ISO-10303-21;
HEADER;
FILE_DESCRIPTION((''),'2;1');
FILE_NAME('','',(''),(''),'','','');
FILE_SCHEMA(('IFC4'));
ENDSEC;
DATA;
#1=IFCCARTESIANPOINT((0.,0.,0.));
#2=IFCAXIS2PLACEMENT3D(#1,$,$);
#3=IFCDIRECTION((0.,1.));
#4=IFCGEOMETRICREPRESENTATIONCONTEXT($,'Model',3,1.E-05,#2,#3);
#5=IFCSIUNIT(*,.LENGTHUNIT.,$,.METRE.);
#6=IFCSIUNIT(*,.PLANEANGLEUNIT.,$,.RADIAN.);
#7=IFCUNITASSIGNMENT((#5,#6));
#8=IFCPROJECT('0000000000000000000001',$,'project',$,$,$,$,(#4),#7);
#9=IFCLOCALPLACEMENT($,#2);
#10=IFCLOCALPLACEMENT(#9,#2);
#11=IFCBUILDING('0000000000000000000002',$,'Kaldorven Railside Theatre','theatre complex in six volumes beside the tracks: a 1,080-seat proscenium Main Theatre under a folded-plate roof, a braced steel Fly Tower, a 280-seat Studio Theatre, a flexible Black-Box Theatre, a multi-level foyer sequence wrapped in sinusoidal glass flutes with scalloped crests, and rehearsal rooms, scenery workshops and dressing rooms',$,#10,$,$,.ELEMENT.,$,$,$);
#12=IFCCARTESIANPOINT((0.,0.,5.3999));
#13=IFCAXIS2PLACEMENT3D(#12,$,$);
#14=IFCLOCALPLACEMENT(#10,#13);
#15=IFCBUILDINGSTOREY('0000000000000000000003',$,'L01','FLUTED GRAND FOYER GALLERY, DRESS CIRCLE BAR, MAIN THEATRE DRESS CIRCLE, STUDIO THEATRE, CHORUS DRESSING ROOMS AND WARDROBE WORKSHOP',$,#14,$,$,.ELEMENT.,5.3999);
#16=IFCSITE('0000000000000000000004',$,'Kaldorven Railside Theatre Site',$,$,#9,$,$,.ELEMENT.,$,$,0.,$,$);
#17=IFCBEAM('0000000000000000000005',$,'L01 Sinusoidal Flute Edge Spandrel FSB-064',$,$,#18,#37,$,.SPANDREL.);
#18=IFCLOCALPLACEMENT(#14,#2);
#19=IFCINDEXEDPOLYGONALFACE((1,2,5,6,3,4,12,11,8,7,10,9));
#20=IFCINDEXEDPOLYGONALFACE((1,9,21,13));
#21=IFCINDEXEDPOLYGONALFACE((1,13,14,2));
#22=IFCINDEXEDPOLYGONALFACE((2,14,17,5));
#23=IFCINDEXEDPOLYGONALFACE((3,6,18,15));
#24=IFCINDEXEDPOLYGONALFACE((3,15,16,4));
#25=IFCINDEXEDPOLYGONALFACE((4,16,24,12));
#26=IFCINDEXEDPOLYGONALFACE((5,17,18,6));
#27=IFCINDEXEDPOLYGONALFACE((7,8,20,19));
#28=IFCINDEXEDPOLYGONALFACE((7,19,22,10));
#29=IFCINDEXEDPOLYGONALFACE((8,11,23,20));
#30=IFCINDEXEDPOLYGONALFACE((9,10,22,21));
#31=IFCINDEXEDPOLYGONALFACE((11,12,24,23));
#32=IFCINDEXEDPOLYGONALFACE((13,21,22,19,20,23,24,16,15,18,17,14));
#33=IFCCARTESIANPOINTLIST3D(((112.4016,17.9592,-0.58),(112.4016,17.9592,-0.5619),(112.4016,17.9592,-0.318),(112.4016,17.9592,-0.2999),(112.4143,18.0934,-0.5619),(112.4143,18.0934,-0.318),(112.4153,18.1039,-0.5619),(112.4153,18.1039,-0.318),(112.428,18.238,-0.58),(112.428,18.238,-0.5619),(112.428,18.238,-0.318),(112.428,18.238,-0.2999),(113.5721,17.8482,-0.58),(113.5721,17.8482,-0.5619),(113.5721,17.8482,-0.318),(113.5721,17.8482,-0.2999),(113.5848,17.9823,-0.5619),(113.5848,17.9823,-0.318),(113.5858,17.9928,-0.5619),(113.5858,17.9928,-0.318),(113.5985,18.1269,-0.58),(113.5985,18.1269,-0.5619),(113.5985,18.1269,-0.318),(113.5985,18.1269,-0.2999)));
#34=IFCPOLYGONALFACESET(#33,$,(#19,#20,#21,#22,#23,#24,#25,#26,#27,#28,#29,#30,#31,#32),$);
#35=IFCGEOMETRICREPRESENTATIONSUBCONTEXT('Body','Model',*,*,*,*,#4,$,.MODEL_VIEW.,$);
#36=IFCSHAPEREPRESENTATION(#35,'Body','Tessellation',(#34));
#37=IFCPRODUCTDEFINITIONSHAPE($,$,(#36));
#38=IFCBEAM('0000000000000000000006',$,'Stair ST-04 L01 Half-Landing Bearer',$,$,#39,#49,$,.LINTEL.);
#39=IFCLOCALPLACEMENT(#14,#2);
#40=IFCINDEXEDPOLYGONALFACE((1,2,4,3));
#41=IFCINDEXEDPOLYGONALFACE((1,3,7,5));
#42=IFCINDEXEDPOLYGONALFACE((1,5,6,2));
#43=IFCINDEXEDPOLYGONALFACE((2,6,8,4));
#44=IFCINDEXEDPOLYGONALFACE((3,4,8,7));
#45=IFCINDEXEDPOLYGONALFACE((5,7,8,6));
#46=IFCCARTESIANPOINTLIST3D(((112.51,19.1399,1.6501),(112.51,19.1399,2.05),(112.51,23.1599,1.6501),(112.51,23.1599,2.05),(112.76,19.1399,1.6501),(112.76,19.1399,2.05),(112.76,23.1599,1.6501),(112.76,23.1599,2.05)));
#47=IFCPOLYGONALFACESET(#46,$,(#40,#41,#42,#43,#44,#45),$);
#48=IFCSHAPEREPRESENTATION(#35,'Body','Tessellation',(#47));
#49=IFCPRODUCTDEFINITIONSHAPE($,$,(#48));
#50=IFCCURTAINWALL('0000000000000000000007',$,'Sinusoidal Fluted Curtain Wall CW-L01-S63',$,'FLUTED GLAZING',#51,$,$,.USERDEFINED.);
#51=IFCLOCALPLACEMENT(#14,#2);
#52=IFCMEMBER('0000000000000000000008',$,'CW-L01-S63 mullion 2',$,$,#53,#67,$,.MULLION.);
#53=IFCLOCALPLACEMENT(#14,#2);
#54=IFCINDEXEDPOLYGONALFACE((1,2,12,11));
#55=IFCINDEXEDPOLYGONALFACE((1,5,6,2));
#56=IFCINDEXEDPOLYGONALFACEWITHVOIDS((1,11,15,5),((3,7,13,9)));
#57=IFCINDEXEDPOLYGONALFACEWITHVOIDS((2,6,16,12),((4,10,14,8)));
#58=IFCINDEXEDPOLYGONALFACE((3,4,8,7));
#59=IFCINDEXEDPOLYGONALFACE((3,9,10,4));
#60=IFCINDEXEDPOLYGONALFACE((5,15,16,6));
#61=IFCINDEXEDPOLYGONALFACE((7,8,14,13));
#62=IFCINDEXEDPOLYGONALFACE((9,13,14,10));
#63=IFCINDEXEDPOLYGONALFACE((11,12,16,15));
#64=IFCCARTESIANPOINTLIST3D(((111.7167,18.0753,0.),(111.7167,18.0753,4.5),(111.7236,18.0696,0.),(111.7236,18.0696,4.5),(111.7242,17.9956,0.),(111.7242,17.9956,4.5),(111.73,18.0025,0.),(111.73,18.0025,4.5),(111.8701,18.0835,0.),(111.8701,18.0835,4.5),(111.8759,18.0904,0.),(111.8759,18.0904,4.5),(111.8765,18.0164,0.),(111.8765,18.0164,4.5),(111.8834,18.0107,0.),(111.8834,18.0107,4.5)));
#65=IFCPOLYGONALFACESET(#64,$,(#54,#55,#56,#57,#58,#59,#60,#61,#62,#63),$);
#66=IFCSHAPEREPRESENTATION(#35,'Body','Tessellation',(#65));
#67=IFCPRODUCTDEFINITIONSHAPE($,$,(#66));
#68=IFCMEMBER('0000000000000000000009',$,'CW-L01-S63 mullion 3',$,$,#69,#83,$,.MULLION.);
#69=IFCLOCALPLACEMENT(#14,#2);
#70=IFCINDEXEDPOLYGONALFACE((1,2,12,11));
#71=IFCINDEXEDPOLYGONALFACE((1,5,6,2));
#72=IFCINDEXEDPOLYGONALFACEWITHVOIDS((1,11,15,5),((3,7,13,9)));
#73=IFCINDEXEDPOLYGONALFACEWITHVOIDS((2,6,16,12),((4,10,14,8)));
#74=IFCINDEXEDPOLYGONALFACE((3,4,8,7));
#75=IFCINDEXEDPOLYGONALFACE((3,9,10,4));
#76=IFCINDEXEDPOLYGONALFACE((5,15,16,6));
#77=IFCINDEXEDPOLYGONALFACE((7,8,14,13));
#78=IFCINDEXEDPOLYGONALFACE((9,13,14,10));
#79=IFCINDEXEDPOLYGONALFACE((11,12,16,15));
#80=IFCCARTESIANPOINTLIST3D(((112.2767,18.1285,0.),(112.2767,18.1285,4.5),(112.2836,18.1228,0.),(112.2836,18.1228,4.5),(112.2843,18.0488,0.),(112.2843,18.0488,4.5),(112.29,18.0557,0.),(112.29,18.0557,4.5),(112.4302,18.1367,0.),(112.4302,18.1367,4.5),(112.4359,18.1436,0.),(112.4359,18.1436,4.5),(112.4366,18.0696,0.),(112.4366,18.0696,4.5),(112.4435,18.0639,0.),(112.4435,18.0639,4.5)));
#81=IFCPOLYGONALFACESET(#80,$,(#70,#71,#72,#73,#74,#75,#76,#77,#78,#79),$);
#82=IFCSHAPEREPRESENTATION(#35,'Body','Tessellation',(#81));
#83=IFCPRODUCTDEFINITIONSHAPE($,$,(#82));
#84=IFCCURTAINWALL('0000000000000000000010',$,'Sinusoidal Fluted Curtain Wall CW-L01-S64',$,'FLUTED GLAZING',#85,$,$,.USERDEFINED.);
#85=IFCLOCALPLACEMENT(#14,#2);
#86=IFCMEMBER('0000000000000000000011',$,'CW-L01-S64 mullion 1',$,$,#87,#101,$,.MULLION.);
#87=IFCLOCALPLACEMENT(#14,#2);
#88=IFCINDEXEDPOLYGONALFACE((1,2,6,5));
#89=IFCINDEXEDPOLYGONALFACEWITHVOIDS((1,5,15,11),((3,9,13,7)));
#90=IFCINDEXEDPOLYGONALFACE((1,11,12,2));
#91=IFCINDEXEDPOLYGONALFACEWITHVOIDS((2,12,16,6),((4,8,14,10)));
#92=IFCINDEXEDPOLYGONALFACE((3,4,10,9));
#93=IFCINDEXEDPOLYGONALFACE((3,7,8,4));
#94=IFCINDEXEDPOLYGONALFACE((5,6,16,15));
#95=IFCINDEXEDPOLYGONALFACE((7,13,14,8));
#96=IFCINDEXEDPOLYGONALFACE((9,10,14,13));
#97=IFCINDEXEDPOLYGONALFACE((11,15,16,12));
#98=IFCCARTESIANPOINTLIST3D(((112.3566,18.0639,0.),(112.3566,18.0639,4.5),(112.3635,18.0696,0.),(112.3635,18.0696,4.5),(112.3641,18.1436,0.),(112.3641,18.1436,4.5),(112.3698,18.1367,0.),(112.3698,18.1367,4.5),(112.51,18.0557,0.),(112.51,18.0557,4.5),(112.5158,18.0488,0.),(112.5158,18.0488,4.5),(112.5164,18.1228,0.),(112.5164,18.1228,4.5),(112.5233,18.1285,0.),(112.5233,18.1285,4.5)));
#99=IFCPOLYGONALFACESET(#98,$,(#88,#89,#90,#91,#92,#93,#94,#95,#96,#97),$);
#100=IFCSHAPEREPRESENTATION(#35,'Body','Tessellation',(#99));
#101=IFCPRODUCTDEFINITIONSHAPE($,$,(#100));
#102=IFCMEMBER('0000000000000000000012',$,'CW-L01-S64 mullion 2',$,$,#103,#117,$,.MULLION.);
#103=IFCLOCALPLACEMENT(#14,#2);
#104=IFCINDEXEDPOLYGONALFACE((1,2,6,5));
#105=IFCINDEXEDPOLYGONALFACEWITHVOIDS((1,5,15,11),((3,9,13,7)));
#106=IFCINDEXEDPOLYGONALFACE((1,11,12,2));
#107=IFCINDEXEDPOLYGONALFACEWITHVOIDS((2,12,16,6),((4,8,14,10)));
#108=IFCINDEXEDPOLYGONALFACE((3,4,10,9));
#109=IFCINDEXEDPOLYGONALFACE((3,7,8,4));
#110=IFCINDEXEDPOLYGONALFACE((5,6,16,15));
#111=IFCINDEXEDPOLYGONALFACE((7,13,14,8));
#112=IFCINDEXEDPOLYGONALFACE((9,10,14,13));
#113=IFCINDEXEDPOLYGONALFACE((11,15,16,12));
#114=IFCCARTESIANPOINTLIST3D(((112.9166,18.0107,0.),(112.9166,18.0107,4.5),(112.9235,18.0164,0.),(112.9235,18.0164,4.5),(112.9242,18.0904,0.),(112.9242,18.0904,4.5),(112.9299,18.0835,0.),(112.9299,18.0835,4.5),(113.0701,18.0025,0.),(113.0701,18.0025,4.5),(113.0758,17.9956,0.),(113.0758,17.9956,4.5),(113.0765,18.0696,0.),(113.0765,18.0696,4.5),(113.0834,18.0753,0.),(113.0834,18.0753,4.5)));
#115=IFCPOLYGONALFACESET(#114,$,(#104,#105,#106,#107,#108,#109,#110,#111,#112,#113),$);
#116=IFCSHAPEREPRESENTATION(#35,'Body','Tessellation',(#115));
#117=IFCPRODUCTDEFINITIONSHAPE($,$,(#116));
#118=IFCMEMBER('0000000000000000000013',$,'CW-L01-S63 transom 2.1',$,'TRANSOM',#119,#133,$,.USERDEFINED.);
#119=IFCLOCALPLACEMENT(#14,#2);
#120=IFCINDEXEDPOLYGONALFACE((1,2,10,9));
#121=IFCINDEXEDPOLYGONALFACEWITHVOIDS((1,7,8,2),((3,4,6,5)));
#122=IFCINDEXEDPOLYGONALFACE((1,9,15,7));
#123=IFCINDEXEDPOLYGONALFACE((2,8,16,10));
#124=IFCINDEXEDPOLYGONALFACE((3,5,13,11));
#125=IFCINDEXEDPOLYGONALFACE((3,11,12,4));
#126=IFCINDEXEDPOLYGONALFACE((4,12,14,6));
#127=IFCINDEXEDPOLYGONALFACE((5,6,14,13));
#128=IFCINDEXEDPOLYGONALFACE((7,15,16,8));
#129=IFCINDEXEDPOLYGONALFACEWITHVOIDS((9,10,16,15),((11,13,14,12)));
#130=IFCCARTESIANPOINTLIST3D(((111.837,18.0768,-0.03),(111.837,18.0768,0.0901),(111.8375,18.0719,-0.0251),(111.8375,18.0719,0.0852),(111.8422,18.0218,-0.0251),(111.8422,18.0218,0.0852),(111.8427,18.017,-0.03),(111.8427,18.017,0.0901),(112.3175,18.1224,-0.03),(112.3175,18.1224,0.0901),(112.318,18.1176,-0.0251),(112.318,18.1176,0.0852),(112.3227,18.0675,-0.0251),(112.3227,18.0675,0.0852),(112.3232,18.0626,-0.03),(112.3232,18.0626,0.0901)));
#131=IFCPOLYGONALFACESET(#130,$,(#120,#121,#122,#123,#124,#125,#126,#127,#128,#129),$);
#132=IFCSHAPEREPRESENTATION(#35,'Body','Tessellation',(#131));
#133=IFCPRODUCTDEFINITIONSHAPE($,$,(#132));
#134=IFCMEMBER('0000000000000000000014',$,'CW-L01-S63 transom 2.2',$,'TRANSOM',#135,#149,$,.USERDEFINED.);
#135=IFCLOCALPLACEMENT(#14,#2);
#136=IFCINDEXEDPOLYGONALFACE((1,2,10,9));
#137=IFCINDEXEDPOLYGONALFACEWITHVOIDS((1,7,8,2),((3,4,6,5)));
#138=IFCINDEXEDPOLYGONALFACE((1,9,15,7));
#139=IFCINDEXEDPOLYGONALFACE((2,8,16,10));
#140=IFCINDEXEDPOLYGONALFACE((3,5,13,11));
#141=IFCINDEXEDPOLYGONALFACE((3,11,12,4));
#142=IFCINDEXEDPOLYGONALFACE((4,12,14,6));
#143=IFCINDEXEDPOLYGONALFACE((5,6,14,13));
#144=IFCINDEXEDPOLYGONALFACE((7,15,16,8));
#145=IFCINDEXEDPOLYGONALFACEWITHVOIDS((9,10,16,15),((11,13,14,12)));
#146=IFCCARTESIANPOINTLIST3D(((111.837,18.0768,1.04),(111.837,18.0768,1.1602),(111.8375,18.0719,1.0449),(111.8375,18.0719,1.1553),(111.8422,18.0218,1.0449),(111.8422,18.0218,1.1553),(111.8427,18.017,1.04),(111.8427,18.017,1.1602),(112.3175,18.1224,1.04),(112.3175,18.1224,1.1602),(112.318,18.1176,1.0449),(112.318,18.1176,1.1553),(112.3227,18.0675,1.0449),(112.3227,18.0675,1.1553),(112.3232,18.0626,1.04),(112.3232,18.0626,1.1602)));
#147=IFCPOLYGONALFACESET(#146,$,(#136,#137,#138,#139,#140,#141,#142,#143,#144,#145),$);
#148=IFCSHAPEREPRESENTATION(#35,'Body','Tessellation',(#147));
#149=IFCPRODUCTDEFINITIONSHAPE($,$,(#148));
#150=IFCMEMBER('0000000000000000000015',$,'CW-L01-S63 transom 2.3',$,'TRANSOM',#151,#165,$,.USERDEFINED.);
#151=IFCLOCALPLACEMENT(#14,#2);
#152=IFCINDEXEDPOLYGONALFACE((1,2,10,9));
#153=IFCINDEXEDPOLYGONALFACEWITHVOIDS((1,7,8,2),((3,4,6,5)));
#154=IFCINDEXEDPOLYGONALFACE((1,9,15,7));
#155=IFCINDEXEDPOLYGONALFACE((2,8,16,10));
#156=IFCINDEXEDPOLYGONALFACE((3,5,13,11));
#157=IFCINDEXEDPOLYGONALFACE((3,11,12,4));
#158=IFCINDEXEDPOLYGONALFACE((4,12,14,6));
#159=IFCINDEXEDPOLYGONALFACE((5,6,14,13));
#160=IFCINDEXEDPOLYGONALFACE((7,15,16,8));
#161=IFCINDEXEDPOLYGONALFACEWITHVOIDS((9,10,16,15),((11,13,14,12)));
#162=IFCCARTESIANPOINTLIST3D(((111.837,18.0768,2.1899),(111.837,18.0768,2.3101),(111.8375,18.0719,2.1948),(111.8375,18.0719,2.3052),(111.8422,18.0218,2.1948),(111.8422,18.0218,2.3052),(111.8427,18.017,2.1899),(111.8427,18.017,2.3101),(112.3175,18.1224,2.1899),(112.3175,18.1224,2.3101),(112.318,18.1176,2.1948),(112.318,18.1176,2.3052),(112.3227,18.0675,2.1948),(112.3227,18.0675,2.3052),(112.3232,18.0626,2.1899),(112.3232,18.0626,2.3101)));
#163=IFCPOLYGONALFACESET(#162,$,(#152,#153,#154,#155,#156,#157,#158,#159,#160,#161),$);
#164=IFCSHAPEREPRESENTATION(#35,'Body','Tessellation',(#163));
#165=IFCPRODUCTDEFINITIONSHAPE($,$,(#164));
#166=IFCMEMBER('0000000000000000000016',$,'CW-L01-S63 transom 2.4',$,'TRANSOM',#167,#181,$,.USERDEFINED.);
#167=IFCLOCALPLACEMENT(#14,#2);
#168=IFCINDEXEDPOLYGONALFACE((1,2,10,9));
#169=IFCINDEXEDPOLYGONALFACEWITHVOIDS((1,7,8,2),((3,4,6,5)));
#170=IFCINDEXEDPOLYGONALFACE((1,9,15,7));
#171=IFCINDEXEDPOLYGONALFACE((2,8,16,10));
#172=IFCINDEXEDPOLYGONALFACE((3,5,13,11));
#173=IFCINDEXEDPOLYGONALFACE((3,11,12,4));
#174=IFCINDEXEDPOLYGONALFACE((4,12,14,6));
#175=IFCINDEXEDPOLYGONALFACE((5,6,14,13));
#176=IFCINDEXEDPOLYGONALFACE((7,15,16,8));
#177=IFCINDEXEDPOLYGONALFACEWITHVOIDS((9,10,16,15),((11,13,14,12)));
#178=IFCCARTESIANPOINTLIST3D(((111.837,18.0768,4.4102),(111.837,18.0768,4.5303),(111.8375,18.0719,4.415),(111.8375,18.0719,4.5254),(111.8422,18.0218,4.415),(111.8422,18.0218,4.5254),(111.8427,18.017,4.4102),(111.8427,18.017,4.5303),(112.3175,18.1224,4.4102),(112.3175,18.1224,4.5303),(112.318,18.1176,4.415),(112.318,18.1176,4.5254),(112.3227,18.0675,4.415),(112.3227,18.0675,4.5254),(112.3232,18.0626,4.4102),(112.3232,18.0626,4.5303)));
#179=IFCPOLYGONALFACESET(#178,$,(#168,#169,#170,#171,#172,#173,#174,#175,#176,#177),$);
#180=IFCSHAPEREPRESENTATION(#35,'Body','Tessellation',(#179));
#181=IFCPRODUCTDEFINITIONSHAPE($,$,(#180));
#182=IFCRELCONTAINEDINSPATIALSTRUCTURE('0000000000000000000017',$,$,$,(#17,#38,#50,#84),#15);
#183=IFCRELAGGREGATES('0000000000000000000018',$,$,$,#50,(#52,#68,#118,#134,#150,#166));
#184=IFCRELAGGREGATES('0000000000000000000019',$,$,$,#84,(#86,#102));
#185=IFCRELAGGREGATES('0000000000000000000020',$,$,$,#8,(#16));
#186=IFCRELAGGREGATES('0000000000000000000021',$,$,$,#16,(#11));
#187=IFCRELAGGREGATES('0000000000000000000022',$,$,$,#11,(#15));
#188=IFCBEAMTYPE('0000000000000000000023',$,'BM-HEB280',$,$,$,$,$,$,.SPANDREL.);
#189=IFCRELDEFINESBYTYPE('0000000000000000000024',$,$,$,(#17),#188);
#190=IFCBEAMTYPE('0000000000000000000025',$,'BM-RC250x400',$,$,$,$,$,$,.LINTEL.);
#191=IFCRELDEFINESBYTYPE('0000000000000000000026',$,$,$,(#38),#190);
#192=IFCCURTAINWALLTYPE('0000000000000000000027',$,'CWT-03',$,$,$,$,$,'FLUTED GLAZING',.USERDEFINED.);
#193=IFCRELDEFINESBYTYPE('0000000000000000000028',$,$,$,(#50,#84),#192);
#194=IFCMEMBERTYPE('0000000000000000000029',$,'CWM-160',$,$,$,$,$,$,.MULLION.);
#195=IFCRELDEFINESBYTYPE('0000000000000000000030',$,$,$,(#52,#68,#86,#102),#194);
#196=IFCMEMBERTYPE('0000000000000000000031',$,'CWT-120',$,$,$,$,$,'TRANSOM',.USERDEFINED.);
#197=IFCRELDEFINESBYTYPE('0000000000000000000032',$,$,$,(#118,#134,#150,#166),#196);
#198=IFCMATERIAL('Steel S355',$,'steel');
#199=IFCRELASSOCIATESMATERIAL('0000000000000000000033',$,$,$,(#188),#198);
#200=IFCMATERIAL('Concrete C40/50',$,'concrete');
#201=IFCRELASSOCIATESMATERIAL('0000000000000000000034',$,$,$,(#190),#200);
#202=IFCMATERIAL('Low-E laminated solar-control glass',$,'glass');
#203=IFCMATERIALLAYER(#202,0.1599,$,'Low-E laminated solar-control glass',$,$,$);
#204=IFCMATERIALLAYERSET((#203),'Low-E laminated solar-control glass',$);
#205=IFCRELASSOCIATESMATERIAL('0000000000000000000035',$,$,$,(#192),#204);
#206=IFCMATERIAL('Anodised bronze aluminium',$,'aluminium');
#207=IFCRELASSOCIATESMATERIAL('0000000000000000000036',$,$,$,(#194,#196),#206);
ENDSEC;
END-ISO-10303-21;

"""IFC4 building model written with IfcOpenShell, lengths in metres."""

from ifc_helpers import new_model, si_unit, direction, frame, origin, origin_2d, place, context, subcontext, project, spatial, rectangle, hollow_rectangle, i_section, extrude, material, layer, layer_set, material_profile, profile_set, type_object, element, aggregate, save


model = new_model("IFC4")

# Units and contexts
model_context = context("Model", 3, precision=1e-05, world=origin(), true_north=direction((0.0, 1.0)))
body_context = subcontext(model_context, "Body", "Model", "MODEL_VIEW")
ifc_project = project(units=[si_unit("LENGTHUNIT", "METRE"), si_unit("PLANEANGLEUNIT", "RADIAN")], contexts=[model_context])

# Site, building, storey
site_placement = place(None, origin())
site = spatial("IfcSite", under=ifc_project, at=site_placement, Name="Kaldorven Railside Theatre Site", CompositionType="ELEMENT", RefElevation=0.0)
building_placement = place(site_placement, origin())
building = spatial("IfcBuilding", under=site, at=building_placement, Name="Kaldorven Railside Theatre", Description="theatre complex in six volumes beside the tracks: a 1,080-seat proscenium Main Theatre under a folded-plate roof, a braced steel Fly Tower, a 280-seat Studio Theatre, a flexible Black-Box Theatre, a multi-level foyer sequence wrapped in sinusoidal glass flutes with scalloped crests, and rehearsal rooms, scenery workshops and dressing rooms", CompositionType="ELEMENT")
storey_placement = place(building_placement, frame((0.0, 0.0, 5.3999)))
storey = spatial("IfcBuildingStorey", under=building, at=storey_placement, Name="L01", Description="FLUTED GRAND FOYER GALLERY, DRESS CIRCLE BAR, MAIN THEATRE DRESS CIRCLE, STUDIO THEATRE, CHORUS DRESSING ROOMS AND WARDROBE WORKSHOP", CompositionType="ELEMENT", Elevation=5.3999)

# Beams
ifc_material_1 = material(Name="Steel S355", Category="steel")
ifc_material_profile_1 = material_profile(ifc_material_1, i_section(OverallWidth=0.28, OverallDepth=0.28, WebThickness=0.0105, FlangeThickness=0.0181, at=origin_2d()), Name="HEB 280")
ifc_profile_set_1 = profile_set([ifc_material_profile_1], Name="Steel S355")
beam_type_1 = type_object("IfcBeamType", Name="BM-HEB280", PredefinedType="SPANDREL", material=ifc_profile_set_1)
beam_1_placement = place(storey_placement, frame((112.4148, 18.0986, -0.4399), z_axis=(0.995526, -0.094486, 0.0), x_axis=(0.094486, 0.995526, 0.0)))
element("IfcBeam", 1, at=beam_1_placement, inside=storey, type_object=beam_type_1, Name="L01 Sinusoidal Flute Edge Spandrel FSB-064", PredefinedType="SPANDREL", context=body_context, shape_type="SweptSolid", body=[
    extrude(i_section(OverallWidth=0.28, OverallDepth=0.28, WebThickness=0.0105, FlangeThickness=0.0181, at=origin_2d()), origin(), (0.0, 0.0, 1.0), 1.1758),
])
ifc_material_2 = material(Name="Concrete C40/50", Category="concrete")
ifc_material_profile_2 = material_profile(ifc_material_2, rectangle(XDim=0.25, YDim=0.3999, at=origin_2d()), Name="RC 250x400")
ifc_profile_set_2 = profile_set([ifc_material_profile_2], Name="Concrete C40/50")
beam_type_2 = type_object("IfcBeamType", Name="BM-RC250x400", PredefinedType="LINTEL", material=ifc_profile_set_2)
beam_2_placement = place(storey_placement, frame((112.635, 19.1399, 1.8501), z_axis=(0.0, 1.0, 0.0), x_axis=(-1.0, 0.0, 0.0)))
element("IfcBeam", 2, at=beam_2_placement, inside=storey, type_object=beam_type_2, Name="Stair ST-04 L01 Half-Landing Bearer", PredefinedType="LINTEL", context=body_context, shape_type="SweptSolid", body=[
    extrude(rectangle(XDim=0.25, YDim=0.3999, at=origin_2d()), origin(), (0.0, 0.0, 1.0), 4.02),
])

# Curtain walls, members
ifc_material_3 = material(Name="Low-E laminated solar-control glass", Category="glass")
ifc_layer_1 = layer(ifc_material_3, 0.1599, Name="Low-E laminated solar-control glass")
ifc_layer_set_1 = layer_set([ifc_layer_1], Name="Low-E laminated solar-control glass")
curtain_wall_type = type_object("IfcCurtainWallType", Name="CWT-03", ElementType="FLUTED GLAZING", PredefinedType="USERDEFINED", material=ifc_layer_set_1)
curtain_wall_1_placement = place(storey_placement, origin())
curtain_wall_1 = element("IfcCurtainWall", 3, at=curtain_wall_1_placement, inside=storey, type_object=curtain_wall_type, Name="Sinusoidal Fluted Curtain Wall CW-L01-S63", ObjectType="FLUTED GLAZING", PredefinedType="USERDEFINED")
ifc_material_4 = material(Name="Anodised bronze aluminium", Category="aluminium")
ifc_material_profile_3 = material_profile(ifc_material_4, hollow_rectangle(XDim=0.0801, YDim=0.1599, WallThickness=0.0063, at=origin_2d()), Name="RHS 160x80x6.3")
ifc_profile_set_3 = profile_set([ifc_material_profile_3], Name="Anodised bronze aluminium")
member_type_1 = type_object("IfcMemberType", Name="CWM-160", PredefinedType="MULLION", material=ifc_profile_set_3)
member_1_placement = place(storey_placement, frame((111.8, 18.043, 0.0), z_axis=(0.0, 0.0, 1.0), x_axis=(-0.094492, 0.995526, 0.0)))
member_1 = element("IfcMember", 4, at=member_1_placement, type_object=member_type_1, Name="CW-L01-S63 mullion 2", PredefinedType="MULLION", context=body_context, shape_type="SweptSolid", body=[
    extrude(hollow_rectangle(XDim=0.0801, YDim=0.1599, WallThickness=0.0063, at=origin_2d()), origin(), (0.0, 0.0, 1.0), 4.5),
])
member_2_placement = place(storey_placement, frame((112.3601, 18.0962, 0.0), z_axis=(0.0, 0.0, 1.0), x_axis=(-0.094492, 0.995526, 0.0)))
member_2 = element("IfcMember", 5, at=member_2_placement, type_object=member_type_1, Name="CW-L01-S63 mullion 3", PredefinedType="MULLION", context=body_context, shape_type="SweptSolid", body=[
    extrude(hollow_rectangle(XDim=0.0801, YDim=0.1599, WallThickness=0.0063, at=origin_2d()), origin(), (0.0, 0.0, 1.0), 4.5),
])
curtain_wall_2_placement = place(storey_placement, origin())
curtain_wall_2 = element("IfcCurtainWall", 6, at=curtain_wall_2_placement, inside=storey, type_object=curtain_wall_type, Name="Sinusoidal Fluted Curtain Wall CW-L01-S64", ObjectType="FLUTED GLAZING", PredefinedType="USERDEFINED")
member_3_placement = place(storey_placement, frame((112.4399, 18.0962, 0.0), z_axis=(0.0, 0.0, 1.0), x_axis=(0.094492, 0.995526, 0.0)))
member_3 = element("IfcMember", 7, at=member_3_placement, type_object=member_type_1, Name="CW-L01-S64 mullion 1", PredefinedType="MULLION", context=body_context, shape_type="SweptSolid", body=[
    extrude(hollow_rectangle(XDim=0.0801, YDim=0.1599, WallThickness=0.0063, at=origin_2d()), origin(), (0.0, 0.0, 1.0), 4.5),
])
member_4_placement = place(storey_placement, frame((113.0, 18.043, 0.0), z_axis=(0.0, 0.0, 1.0), x_axis=(0.094492, 0.995526, 0.0)))
member_4 = element("IfcMember", 8, at=member_4_placement, type_object=member_type_1, Name="CW-L01-S64 mullion 2", PredefinedType="MULLION", context=body_context, shape_type="SweptSolid", body=[
    extrude(hollow_rectangle(XDim=0.0801, YDim=0.1599, WallThickness=0.0063, at=origin_2d()), origin(), (0.0, 0.0, 1.0), 4.5),
])

# Members
ifc_material_profile_4 = material_profile(ifc_material_4, hollow_rectangle(XDim=0.0601, YDim=0.1201, WallThickness=0.0049, at=origin_2d()), Name="RHS 120x60x5")
ifc_profile_set_4 = profile_set([ifc_material_profile_4], Name="Anodised bronze aluminium")
member_type_2 = type_object("IfcMemberType", Name="CWT-120", ElementType="TRANSOM", PredefinedType="USERDEFINED", material=ifc_profile_set_4)
member_5_placement = place(storey_placement, frame((111.8398, 18.0469, 0.03), z_axis=(0.995516, 0.094594, 0.0), x_axis=(-0.094594, 0.995516, 0.0)))
member_5 = element("IfcMember", 9, at=member_5_placement, type_object=member_type_2, Name="CW-L01-S63 transom 2.1", ObjectType="TRANSOM", PredefinedType="USERDEFINED", context=body_context, shape_type="SweptSolid", body=[
    extrude(hollow_rectangle(XDim=0.0601, YDim=0.1201, WallThickness=0.0049, at=origin_2d()), origin(), (0.0, 0.0, 1.0), 0.4827),
])
member_6_placement = place(storey_placement, frame((111.8398, 18.0469, 1.1001), z_axis=(0.995516, 0.094594, 0.0), x_axis=(-0.094594, 0.995516, 0.0)))
member_6 = element("IfcMember", 10, at=member_6_placement, type_object=member_type_2, Name="CW-L01-S63 transom 2.2", ObjectType="TRANSOM", PredefinedType="USERDEFINED", context=body_context, shape_type="SweptSolid", body=[
    extrude(hollow_rectangle(XDim=0.0601, YDim=0.1201, WallThickness=0.0049, at=origin_2d()), origin(), (0.0, 0.0, 1.0), 0.4827),
])
member_7_placement = place(storey_placement, frame((111.8398, 18.0469, 2.25), z_axis=(0.995516, 0.094594, 0.0), x_axis=(-0.094594, 0.995516, 0.0)))
member_7 = element("IfcMember", 11, at=member_7_placement, type_object=member_type_2, Name="CW-L01-S63 transom 2.3", ObjectType="TRANSOM", PredefinedType="USERDEFINED", context=body_context, shape_type="SweptSolid", body=[
    extrude(hollow_rectangle(XDim=0.0601, YDim=0.1201, WallThickness=0.0049, at=origin_2d()), origin(), (0.0, 0.0, 1.0), 0.4827),
])
member_8_placement = place(storey_placement, frame((111.8398, 18.0469, 4.4702), z_axis=(0.995516, 0.094594, 0.0), x_axis=(-0.094594, 0.995516, 0.0)))
member_8 = element("IfcMember", 12, at=member_8_placement, type_object=member_type_2, Name="CW-L01-S63 transom 2.4", ObjectType="TRANSOM", PredefinedType="USERDEFINED", context=body_context, shape_type="SweptSolid", body=[
    extrude(hollow_rectangle(XDim=0.0601, YDim=0.1201, WallThickness=0.0049, at=origin_2d()), origin(), (0.0, 0.0, 1.0), 0.4827),
])

aggregate(curtain_wall_1, [member_1, member_2, member_5, member_6, member_7, member_8])
aggregate(curtain_wall_2, [member_3, member_4])

save(model, "model.ifc")
